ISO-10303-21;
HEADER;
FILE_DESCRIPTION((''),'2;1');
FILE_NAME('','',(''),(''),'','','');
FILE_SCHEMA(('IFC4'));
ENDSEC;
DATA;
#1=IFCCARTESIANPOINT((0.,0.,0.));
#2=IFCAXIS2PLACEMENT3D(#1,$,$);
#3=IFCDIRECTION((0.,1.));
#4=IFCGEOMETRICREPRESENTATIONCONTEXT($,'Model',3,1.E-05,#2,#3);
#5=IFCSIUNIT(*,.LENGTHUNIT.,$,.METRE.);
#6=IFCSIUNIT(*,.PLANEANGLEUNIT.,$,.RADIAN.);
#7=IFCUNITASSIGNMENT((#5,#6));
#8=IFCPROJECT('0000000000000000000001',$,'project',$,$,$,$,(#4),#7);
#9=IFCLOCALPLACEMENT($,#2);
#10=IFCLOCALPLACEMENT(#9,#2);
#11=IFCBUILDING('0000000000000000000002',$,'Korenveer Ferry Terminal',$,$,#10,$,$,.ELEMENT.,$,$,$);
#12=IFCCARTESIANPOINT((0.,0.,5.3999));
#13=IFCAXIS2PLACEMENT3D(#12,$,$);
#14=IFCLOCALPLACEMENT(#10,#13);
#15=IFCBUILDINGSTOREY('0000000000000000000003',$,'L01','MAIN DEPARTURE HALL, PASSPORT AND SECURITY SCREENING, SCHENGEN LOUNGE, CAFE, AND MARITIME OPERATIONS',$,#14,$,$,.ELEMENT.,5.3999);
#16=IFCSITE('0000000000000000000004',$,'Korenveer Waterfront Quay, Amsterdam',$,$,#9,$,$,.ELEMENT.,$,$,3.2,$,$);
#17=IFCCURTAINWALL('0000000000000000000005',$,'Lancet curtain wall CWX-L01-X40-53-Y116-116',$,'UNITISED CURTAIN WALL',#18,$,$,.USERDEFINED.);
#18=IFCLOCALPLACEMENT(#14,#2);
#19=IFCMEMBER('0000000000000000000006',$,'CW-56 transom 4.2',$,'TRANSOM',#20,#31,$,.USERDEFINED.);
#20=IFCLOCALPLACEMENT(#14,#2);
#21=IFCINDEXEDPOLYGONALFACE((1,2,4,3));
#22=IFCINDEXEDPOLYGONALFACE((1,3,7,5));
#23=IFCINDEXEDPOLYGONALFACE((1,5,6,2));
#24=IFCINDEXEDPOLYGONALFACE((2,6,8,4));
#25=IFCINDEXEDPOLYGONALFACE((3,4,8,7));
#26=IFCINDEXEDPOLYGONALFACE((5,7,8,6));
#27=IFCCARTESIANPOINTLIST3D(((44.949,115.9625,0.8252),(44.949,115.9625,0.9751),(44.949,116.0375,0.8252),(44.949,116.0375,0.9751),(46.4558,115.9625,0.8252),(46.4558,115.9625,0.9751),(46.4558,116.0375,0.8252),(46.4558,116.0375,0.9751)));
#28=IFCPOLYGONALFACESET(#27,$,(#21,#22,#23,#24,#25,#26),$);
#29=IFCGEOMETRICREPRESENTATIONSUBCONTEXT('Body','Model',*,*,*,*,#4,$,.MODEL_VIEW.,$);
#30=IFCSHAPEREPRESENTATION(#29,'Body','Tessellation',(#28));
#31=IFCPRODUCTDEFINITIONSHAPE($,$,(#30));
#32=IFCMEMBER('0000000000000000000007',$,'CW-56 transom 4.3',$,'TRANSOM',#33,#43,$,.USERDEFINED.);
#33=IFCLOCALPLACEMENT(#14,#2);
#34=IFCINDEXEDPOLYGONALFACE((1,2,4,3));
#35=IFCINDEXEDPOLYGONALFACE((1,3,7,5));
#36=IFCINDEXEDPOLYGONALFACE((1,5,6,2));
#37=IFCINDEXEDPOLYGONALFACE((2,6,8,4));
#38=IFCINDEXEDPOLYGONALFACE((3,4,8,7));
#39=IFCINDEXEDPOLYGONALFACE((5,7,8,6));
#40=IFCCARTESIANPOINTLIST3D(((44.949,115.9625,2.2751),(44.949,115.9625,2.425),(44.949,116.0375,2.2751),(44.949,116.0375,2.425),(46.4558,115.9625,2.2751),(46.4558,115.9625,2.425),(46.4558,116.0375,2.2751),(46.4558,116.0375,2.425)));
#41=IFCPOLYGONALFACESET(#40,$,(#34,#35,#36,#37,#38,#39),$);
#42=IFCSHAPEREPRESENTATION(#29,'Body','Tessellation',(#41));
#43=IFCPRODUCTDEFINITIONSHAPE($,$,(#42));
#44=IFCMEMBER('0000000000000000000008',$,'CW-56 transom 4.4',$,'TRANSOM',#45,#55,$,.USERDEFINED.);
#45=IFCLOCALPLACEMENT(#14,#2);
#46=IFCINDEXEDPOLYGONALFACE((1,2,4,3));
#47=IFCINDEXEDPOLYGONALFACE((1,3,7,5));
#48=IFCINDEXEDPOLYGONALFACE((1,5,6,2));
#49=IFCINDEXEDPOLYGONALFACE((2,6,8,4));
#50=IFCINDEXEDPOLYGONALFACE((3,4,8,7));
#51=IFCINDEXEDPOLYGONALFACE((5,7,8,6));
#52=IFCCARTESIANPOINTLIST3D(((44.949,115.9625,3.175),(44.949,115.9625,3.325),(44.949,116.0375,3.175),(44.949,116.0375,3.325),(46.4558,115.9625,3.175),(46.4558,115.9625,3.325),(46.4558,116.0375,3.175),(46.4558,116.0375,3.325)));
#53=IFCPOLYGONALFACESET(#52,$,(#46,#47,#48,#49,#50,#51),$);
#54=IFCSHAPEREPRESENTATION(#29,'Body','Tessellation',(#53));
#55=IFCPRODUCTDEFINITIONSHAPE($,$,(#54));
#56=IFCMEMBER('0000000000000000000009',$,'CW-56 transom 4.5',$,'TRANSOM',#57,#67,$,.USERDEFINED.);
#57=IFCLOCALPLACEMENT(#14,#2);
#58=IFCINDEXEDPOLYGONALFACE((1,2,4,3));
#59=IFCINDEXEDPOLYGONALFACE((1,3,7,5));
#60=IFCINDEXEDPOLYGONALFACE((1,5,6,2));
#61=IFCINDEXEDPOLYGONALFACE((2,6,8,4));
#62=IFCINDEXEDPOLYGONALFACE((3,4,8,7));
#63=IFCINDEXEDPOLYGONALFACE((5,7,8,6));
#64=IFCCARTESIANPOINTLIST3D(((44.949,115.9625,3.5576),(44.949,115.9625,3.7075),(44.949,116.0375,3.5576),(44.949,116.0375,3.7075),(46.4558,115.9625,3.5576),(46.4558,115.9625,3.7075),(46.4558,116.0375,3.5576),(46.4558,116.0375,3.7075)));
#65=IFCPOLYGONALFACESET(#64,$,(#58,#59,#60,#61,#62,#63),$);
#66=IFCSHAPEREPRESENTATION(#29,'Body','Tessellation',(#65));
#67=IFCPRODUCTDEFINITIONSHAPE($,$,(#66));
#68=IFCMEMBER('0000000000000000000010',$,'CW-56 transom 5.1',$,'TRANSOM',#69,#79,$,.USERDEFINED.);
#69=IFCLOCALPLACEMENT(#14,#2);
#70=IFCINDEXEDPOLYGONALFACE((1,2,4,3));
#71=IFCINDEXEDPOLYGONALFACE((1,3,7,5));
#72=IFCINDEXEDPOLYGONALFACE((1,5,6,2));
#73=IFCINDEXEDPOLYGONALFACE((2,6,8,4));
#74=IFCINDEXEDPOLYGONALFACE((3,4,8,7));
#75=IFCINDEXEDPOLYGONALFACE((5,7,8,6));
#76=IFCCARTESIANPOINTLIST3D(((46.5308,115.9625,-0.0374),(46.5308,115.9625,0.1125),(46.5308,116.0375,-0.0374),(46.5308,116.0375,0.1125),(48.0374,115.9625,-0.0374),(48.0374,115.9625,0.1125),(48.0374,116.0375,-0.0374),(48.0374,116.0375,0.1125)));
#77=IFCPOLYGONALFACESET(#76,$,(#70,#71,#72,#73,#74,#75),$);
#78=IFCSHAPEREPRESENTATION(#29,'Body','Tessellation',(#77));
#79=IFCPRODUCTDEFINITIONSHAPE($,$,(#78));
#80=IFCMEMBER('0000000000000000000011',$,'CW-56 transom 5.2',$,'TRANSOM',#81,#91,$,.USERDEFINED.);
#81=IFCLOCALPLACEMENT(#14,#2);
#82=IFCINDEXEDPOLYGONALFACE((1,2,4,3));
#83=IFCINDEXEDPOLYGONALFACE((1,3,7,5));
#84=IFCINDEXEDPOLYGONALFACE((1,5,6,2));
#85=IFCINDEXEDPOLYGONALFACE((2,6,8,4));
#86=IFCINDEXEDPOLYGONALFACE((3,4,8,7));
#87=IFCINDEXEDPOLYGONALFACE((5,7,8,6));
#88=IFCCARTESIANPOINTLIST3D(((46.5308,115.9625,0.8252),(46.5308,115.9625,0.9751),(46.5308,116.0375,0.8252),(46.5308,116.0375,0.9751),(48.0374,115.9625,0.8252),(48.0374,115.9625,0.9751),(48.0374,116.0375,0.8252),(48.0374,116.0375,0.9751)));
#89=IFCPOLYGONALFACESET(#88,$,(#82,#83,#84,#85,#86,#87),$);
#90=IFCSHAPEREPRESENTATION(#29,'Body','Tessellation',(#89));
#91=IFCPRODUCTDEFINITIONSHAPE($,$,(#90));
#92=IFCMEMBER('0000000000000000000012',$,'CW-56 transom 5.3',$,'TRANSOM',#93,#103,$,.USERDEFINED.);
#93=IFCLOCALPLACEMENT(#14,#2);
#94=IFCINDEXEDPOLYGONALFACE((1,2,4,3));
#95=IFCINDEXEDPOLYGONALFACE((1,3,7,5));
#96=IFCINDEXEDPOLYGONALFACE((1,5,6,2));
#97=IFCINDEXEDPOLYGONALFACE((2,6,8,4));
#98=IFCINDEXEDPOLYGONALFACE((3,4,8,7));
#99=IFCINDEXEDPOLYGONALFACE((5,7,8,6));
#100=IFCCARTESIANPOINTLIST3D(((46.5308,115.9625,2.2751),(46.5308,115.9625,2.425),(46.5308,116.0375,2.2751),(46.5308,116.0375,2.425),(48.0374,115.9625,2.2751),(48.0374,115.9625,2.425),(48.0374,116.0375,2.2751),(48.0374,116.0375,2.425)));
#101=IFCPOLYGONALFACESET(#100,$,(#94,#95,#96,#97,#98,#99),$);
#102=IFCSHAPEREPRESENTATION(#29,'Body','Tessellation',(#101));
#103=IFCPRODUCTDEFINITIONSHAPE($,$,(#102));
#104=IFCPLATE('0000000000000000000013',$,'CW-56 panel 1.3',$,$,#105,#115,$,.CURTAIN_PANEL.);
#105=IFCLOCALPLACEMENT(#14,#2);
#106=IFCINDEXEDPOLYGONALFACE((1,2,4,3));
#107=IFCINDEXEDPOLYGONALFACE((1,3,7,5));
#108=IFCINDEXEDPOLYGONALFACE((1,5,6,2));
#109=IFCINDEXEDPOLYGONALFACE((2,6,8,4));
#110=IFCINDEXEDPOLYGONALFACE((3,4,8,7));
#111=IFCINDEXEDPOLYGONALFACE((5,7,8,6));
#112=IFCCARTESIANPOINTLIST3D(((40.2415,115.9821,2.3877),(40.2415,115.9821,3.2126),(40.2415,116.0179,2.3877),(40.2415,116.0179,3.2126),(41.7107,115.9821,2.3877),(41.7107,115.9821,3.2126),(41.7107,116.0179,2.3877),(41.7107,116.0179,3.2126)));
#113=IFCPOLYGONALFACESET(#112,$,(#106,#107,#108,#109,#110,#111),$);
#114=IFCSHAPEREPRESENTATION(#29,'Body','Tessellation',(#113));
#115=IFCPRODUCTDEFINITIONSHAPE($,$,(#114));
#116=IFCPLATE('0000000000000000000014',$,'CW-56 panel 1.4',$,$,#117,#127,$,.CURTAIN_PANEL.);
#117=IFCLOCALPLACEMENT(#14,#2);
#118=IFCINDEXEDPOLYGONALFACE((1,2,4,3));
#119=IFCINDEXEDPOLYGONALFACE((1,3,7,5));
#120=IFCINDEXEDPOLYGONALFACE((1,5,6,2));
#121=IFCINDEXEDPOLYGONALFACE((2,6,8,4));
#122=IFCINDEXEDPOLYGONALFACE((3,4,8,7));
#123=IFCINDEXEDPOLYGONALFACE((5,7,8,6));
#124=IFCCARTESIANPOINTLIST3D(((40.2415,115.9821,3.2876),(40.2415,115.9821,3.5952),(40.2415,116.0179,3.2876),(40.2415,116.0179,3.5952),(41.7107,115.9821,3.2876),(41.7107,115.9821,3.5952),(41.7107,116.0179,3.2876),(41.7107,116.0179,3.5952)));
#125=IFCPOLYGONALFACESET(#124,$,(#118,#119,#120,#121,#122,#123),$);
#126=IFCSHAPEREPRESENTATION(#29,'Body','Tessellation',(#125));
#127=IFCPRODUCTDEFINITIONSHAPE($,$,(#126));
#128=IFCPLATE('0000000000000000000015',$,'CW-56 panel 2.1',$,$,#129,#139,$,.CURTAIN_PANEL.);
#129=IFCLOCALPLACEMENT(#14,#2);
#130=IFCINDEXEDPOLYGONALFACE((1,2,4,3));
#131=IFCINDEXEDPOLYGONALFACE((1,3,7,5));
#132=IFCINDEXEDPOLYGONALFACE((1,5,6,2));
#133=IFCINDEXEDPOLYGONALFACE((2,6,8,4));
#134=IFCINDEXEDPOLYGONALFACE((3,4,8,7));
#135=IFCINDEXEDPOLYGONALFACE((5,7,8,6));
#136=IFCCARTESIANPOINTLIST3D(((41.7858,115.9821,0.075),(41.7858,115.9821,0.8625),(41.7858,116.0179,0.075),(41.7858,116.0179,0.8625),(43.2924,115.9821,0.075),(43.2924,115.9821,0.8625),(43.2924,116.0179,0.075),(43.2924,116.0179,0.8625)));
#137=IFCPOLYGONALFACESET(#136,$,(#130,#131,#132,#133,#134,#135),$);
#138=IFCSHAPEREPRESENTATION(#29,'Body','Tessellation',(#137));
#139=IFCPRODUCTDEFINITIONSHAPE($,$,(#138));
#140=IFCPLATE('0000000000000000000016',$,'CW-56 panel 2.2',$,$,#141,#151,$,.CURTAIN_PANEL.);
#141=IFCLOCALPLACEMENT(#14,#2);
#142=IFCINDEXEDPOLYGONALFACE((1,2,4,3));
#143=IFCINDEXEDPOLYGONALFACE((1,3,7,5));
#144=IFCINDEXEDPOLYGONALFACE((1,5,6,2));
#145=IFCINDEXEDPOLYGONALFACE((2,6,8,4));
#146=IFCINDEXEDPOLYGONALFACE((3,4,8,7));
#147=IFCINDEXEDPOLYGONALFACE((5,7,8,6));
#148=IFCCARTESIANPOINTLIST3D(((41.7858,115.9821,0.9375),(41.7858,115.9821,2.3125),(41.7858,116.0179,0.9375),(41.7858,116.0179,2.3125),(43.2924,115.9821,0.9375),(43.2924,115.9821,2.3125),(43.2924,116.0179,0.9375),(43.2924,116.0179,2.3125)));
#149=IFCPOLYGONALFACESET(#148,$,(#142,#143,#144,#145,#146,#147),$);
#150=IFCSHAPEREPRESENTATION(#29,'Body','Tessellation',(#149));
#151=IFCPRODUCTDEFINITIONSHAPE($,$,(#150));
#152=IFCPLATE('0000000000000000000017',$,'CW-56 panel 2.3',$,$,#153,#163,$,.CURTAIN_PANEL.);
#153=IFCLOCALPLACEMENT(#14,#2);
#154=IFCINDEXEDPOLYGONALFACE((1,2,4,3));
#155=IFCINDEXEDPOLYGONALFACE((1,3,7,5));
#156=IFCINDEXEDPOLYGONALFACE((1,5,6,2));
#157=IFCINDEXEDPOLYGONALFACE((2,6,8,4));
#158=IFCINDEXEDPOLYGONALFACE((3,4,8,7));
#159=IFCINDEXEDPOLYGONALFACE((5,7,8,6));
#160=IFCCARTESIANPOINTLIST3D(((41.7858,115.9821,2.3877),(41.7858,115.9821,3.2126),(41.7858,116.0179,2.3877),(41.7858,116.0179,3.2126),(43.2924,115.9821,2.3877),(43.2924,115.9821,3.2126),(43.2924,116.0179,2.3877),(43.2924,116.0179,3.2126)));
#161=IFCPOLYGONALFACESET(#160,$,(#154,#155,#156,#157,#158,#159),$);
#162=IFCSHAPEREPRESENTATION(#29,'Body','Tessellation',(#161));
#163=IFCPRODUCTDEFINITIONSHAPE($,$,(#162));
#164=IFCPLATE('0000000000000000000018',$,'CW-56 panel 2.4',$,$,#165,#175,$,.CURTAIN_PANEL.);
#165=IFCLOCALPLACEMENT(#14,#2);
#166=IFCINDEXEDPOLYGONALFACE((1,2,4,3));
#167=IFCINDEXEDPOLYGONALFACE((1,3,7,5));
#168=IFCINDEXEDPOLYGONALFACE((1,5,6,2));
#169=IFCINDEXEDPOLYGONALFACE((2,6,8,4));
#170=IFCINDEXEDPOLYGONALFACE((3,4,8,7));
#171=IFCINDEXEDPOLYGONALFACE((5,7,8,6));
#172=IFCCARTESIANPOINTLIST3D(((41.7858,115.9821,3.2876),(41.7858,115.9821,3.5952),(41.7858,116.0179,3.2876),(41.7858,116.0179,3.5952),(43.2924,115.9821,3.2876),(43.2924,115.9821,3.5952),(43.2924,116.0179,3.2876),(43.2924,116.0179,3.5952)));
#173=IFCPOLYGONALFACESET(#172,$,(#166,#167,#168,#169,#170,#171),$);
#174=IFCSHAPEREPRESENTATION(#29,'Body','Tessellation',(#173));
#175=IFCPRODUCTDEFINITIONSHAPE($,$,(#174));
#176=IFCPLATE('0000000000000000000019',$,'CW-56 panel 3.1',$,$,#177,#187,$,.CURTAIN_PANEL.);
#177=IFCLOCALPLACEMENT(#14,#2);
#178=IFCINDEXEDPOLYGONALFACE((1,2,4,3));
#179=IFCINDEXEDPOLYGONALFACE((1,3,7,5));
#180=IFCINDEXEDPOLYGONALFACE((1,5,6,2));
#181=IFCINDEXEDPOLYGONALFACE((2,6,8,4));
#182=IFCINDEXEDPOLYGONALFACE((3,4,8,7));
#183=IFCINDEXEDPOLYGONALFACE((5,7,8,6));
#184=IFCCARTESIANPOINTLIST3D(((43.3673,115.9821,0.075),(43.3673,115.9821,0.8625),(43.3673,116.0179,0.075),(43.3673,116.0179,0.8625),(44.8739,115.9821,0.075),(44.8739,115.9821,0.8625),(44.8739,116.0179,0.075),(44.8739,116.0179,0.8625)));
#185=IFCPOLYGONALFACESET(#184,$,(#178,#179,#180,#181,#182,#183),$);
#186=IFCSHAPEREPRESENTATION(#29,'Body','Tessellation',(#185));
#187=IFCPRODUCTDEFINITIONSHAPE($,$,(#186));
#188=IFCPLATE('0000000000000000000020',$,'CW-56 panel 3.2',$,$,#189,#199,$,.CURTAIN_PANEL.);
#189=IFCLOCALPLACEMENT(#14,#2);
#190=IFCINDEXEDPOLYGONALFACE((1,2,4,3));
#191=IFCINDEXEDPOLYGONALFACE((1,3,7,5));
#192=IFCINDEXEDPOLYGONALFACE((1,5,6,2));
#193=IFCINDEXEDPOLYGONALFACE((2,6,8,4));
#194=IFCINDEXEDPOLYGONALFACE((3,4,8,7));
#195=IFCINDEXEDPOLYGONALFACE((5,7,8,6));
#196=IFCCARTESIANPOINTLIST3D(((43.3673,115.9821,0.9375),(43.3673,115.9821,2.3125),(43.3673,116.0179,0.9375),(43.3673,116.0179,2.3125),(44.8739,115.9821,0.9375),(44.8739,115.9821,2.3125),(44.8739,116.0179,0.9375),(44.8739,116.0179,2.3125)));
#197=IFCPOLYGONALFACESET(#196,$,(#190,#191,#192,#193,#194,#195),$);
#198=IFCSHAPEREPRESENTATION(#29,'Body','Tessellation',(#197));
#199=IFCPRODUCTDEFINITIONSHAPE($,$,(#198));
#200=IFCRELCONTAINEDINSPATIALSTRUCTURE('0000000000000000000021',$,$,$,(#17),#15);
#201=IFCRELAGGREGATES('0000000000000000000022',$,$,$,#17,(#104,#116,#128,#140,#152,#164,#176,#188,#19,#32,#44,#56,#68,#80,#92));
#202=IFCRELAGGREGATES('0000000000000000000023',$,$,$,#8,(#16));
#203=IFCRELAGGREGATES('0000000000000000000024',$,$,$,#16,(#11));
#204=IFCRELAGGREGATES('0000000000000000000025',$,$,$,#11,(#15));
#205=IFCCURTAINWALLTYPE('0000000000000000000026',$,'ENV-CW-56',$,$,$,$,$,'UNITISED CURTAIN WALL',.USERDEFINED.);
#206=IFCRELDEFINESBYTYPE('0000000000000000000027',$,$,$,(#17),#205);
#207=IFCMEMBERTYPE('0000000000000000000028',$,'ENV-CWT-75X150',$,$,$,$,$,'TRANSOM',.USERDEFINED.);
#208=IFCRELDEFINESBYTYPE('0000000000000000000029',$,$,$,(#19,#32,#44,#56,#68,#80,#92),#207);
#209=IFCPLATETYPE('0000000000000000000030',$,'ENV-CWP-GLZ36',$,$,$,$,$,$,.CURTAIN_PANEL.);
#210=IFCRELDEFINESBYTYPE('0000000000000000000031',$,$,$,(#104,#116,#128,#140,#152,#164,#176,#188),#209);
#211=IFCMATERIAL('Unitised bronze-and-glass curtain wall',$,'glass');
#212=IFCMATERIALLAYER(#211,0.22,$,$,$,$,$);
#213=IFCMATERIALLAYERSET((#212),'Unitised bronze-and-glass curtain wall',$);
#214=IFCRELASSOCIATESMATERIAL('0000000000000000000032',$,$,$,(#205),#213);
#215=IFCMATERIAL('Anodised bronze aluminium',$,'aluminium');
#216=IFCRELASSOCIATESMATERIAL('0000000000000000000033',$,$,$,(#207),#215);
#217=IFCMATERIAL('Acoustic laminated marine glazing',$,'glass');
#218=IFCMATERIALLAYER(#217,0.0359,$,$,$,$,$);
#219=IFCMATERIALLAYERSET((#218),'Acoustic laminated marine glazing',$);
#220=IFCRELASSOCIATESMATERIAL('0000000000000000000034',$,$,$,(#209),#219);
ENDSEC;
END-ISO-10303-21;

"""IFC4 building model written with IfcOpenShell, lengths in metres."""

from ifc_helpers import new_model, si_unit, direction, frame, origin, origin_2d, place, context, subcontext, project, spatial, rectangle, extrude, material, layer, layer_set, material_profile, profile_set, type_object, element, aggregate, save


model = new_model("IFC4")

# Units and contexts
model_context = context("Model", 3, precision=1e-05, world=origin(), true_north=direction((0.0, 1.0)))
body_context = subcontext(model_context, "Body", "Model", "MODEL_VIEW")
ifc_project = project(units=[si_unit("LENGTHUNIT", "METRE"), si_unit("PLANEANGLEUNIT", "RADIAN")], contexts=[model_context])

# Site, building, storey
site_placement = place(None, origin())
site = spatial("IfcSite", under=ifc_project, at=site_placement, Name="Korenveer Waterfront Quay, Amsterdam", CompositionType="ELEMENT", RefElevation=3.2)
building_placement = place(site_placement, origin())
building = spatial("IfcBuilding", under=site, at=building_placement, Name="Korenveer Ferry Terminal", CompositionType="ELEMENT")
storey_placement = place(building_placement, frame((0.0, 0.0, 5.3999)))
storey = spatial("IfcBuildingStorey", under=building, at=storey_placement, Name="L01", Description="MAIN DEPARTURE HALL, PASSPORT AND SECURITY SCREENING, SCHENGEN LOUNGE, CAFE, AND MARITIME OPERATIONS", CompositionType="ELEMENT", Elevation=5.3999)

# Curtain wall, members, plates
ifc_material_1 = material(Name="Unitised bronze-and-glass curtain wall", Category="glass")
ifc_layer_1 = layer(ifc_material_1, 0.22)
ifc_layer_set_1 = layer_set([ifc_layer_1], Name="Unitised bronze-and-glass curtain wall")
curtain_wall_type = type_object("IfcCurtainWallType", Name="ENV-CW-56", ElementType="UNITISED CURTAIN WALL", PredefinedType="USERDEFINED", material=ifc_layer_set_1)
curtain_wall_placement = place(storey_placement, frame((40.1665, 116.0, 0.0)))
curtain_wall = element("IfcCurtainWall", 1, at=curtain_wall_placement, inside=storey, type_object=curtain_wall_type, Name="Lancet curtain wall CWX-L01-X40-53-Y116-116", ObjectType="UNITISED CURTAIN WALL", PredefinedType="USERDEFINED")
ifc_material_2 = material(Name="Anodised bronze aluminium", Category="aluminium")
ifc_material_profile_1 = material_profile(ifc_material_2, rectangle(XDim=0.075, YDim=0.1499, at=origin_2d()), Name="ALU 75x150")
ifc_profile_set_1 = profile_set([ifc_material_profile_1], Name="Anodised bronze aluminium")
member_type_1 = type_object("IfcMemberType", Name="ENV-CWT-75X150", ElementType="TRANSOM", PredefinedType="USERDEFINED", material=ifc_profile_set_1)
member_1_placement = place(storey_placement, frame((44.949, 116.0, 0.9001), z_axis=(1.0, 0.0, 0.0), x_axis=(0.0, 1.0, 0.0)))
member_1 = element("IfcMember", 2, at=member_1_placement, type_object=member_type_1, Name="CW-56 transom 4.2", ObjectType="TRANSOM", PredefinedType="USERDEFINED", context=body_context, shape_type="SweptSolid", body=[
    extrude(rectangle(XDim=0.075, YDim=0.1499, at=origin_2d()), origin(), (0.0, 0.0, 1.0), 1.5068),
])
member_2_placement = place(storey_placement, frame((44.949, 116.0, 2.3501), z_axis=(1.0, 0.0, 0.0), x_axis=(0.0, 1.0, 0.0)))
member_2 = element("IfcMember", 3, at=member_2_placement, type_object=member_type_1, Name="CW-56 transom 4.3", ObjectType="TRANSOM", PredefinedType="USERDEFINED", context=body_context, shape_type="SweptSolid", body=[
    extrude(rectangle(XDim=0.075, YDim=0.1499, at=origin_2d()), origin(), (0.0, 0.0, 1.0), 1.5068),
])
member_3_placement = place(storey_placement, frame((44.949, 116.0, 3.25), z_axis=(1.0, 0.0, 0.0), x_axis=(0.0, 1.0, 0.0)))
member_3 = element("IfcMember", 4, at=member_3_placement, type_object=member_type_1, Name="CW-56 transom 4.4", ObjectType="TRANSOM", PredefinedType="USERDEFINED", context=body_context, shape_type="SweptSolid", body=[
    extrude(rectangle(XDim=0.075, YDim=0.1499, at=origin_2d()), origin(), (0.0, 0.0, 1.0), 1.5068),
])
member_4_placement = place(storey_placement, frame((44.949, 116.0, 3.6326), z_axis=(1.0, 0.0, 0.0), x_axis=(0.0, 1.0, 0.0)))
member_4 = element("IfcMember", 5, at=member_4_placement, type_object=member_type_1, Name="CW-56 transom 4.5", ObjectType="TRANSOM", PredefinedType="USERDEFINED", context=body_context, shape_type="SweptSolid", body=[
    extrude(rectangle(XDim=0.075, YDim=0.1499, at=origin_2d()), origin(), (0.0, 0.0, 1.0), 1.5068),
])
member_5_placement = place(storey_placement, frame((46.5308, 116.0, 0.0376), z_axis=(1.0, 0.0, 0.0), x_axis=(0.0, 1.0, 0.0)))
member_5 = element("IfcMember", 6, at=member_5_placement, type_object=member_type_1, Name="CW-56 transom 5.1", ObjectType="TRANSOM", PredefinedType="USERDEFINED", context=body_context, shape_type="SweptSolid", body=[
    extrude(rectangle(XDim=0.075, YDim=0.1499, at=origin_2d()), origin(), (0.0, 0.0, 1.0), 1.5066),
])
member_6_placement = place(storey_placement, frame((46.5308, 116.0, 0.9001), z_axis=(1.0, 0.0, 0.0), x_axis=(0.0, 1.0, 0.0)))
member_6 = element("IfcMember", 7, at=member_6_placement, type_object=member_type_1, Name="CW-56 transom 5.2", ObjectType="TRANSOM", PredefinedType="USERDEFINED", context=body_context, shape_type="SweptSolid", body=[
    extrude(rectangle(XDim=0.075, YDim=0.1499, at=origin_2d()), origin(), (0.0, 0.0, 1.0), 1.5066),
])
member_7_placement = place(storey_placement, frame((46.5308, 116.0, 2.3501), z_axis=(1.0, 0.0, 0.0), x_axis=(0.0, 1.0, 0.0)))
member_7 = element("IfcMember", 8, at=member_7_placement, type_object=member_type_1, Name="CW-56 transom 5.3", ObjectType="TRANSOM", PredefinedType="USERDEFINED", context=body_context, shape_type="SweptSolid", body=[
    extrude(rectangle(XDim=0.075, YDim=0.1499, at=origin_2d()), origin(), (0.0, 0.0, 1.0), 1.5066),
])
ifc_material_3 = material(Name="Acoustic laminated marine glazing", Category="glass")
ifc_layer_2 = layer(ifc_material_3, 0.0359)
ifc_layer_set_2 = layer_set([ifc_layer_2], Name="Acoustic laminated marine glazing")
plate_type = type_object("IfcPlateType", Name="ENV-CWP-GLZ36", PredefinedType="CURTAIN_PANEL", material=ifc_layer_set_2)
plate_1_placement = place(storey_placement, frame((40.9761, 116.0, 2.3877), z_axis=(0.0, 0.0, 1.0), x_axis=(1.0, 0.0, 0.0)))
plate_1 = element("IfcPlate", 9, at=plate_1_placement, type_object=plate_type, Name="CW-56 panel 1.3", PredefinedType="CURTAIN_PANEL", context=body_context, shape_type="SweptSolid", body=[
    extrude(rectangle(XDim=1.4692, YDim=0.0359, at=origin_2d()), origin(), (0.0, 0.0, 1.0), 0.825),
])
plate_2_placement = place(storey_placement, frame((40.9761, 116.0, 3.2876), z_axis=(0.0, 0.0, 1.0), x_axis=(1.0, 0.0, 0.0)))
plate_2 = element("IfcPlate", 10, at=plate_2_placement, type_object=plate_type, Name="CW-56 panel 1.4", PredefinedType="CURTAIN_PANEL", context=body_context, shape_type="SweptSolid", body=[
    extrude(rectangle(XDim=1.4692, YDim=0.0359, at=origin_2d()), origin(), (0.0, 0.0, 1.0), 0.3076),
])
plate_3_placement = place(storey_placement, frame((42.5391, 116.0, 0.075), z_axis=(0.0, 0.0, 1.0), x_axis=(1.0, 0.0, 0.0)))
plate_3 = element("IfcPlate", 11, at=plate_3_placement, type_object=plate_type, Name="CW-56 panel 2.1", PredefinedType="CURTAIN_PANEL", context=body_context, shape_type="SweptSolid", body=[
    extrude(rectangle(XDim=1.5066, YDim=0.0359, at=origin_2d()), origin(), (0.0, 0.0, 1.0), 0.7876),
])
plate_4_placement = place(storey_placement, frame((42.5391, 116.0, 0.9375), z_axis=(0.0, 0.0, 1.0), x_axis=(1.0, 0.0, 0.0)))
plate_4 = element("IfcPlate", 12, at=plate_4_placement, type_object=plate_type, Name="CW-56 panel 2.2", PredefinedType="CURTAIN_PANEL", context=body_context, shape_type="SweptSolid", body=[
    extrude(rectangle(XDim=1.5066, YDim=0.0359, at=origin_2d()), origin(), (0.0, 0.0, 1.0), 1.375),
])
plate_5_placement = place(storey_placement, frame((42.5391, 116.0, 2.3877), z_axis=(0.0, 0.0, 1.0), x_axis=(1.0, 0.0, 0.0)))
plate_5 = element("IfcPlate", 13, at=plate_5_placement, type_object=plate_type, Name="CW-56 panel 2.3", PredefinedType="CURTAIN_PANEL", context=body_context, shape_type="SweptSolid", body=[
    extrude(rectangle(XDim=1.5066, YDim=0.0359, at=origin_2d()), origin(), (0.0, 0.0, 1.0), 0.825),
])
plate_6_placement = place(storey_placement, frame((42.5391, 116.0, 3.2876), z_axis=(0.0, 0.0, 1.0), x_axis=(1.0, 0.0, 0.0)))
plate_6 = element("IfcPlate", 14, at=plate_6_placement, type_object=plate_type, Name="CW-56 panel 2.4", PredefinedType="CURTAIN_PANEL", context=body_context, shape_type="SweptSolid", body=[
    extrude(rectangle(XDim=1.5066, YDim=0.0359, at=origin_2d()), origin(), (0.0, 0.0, 1.0), 0.3076),
])
plate_7_placement = place(storey_placement, frame((44.1206, 116.0, 0.075), z_axis=(0.0, 0.0, 1.0), x_axis=(1.0, 0.0, 0.0)))
plate_7 = element("IfcPlate", 15, at=plate_7_placement, type_object=plate_type, Name="CW-56 panel 3.1", PredefinedType="CURTAIN_PANEL", context=body_context, shape_type="SweptSolid", body=[
    extrude(rectangle(XDim=1.5066, YDim=0.0359, at=origin_2d()), origin(), (0.0, 0.0, 1.0), 0.7876),
])
plate_8_placement = place(storey_placement, frame((44.1206, 116.0, 0.9375), z_axis=(0.0, 0.0, 1.0), x_axis=(1.0, 0.0, 0.0)))
plate_8 = element("IfcPlate", 16, at=plate_8_placement, type_object=plate_type, Name="CW-56 panel 3.2", PredefinedType="CURTAIN_PANEL", context=body_context, shape_type="SweptSolid", body=[
    extrude(rectangle(XDim=1.5066, YDim=0.0359, at=origin_2d()), origin(), (0.0, 0.0, 1.0), 1.375),
])
aggregate(curtain_wall, [plate_1, plate_2, plate_3, plate_4, plate_5, plate_6, plate_7, plate_8, member_1, member_2, member_3, member_4, member_5, member_6, member_7])

save(model, "model.ifc")
